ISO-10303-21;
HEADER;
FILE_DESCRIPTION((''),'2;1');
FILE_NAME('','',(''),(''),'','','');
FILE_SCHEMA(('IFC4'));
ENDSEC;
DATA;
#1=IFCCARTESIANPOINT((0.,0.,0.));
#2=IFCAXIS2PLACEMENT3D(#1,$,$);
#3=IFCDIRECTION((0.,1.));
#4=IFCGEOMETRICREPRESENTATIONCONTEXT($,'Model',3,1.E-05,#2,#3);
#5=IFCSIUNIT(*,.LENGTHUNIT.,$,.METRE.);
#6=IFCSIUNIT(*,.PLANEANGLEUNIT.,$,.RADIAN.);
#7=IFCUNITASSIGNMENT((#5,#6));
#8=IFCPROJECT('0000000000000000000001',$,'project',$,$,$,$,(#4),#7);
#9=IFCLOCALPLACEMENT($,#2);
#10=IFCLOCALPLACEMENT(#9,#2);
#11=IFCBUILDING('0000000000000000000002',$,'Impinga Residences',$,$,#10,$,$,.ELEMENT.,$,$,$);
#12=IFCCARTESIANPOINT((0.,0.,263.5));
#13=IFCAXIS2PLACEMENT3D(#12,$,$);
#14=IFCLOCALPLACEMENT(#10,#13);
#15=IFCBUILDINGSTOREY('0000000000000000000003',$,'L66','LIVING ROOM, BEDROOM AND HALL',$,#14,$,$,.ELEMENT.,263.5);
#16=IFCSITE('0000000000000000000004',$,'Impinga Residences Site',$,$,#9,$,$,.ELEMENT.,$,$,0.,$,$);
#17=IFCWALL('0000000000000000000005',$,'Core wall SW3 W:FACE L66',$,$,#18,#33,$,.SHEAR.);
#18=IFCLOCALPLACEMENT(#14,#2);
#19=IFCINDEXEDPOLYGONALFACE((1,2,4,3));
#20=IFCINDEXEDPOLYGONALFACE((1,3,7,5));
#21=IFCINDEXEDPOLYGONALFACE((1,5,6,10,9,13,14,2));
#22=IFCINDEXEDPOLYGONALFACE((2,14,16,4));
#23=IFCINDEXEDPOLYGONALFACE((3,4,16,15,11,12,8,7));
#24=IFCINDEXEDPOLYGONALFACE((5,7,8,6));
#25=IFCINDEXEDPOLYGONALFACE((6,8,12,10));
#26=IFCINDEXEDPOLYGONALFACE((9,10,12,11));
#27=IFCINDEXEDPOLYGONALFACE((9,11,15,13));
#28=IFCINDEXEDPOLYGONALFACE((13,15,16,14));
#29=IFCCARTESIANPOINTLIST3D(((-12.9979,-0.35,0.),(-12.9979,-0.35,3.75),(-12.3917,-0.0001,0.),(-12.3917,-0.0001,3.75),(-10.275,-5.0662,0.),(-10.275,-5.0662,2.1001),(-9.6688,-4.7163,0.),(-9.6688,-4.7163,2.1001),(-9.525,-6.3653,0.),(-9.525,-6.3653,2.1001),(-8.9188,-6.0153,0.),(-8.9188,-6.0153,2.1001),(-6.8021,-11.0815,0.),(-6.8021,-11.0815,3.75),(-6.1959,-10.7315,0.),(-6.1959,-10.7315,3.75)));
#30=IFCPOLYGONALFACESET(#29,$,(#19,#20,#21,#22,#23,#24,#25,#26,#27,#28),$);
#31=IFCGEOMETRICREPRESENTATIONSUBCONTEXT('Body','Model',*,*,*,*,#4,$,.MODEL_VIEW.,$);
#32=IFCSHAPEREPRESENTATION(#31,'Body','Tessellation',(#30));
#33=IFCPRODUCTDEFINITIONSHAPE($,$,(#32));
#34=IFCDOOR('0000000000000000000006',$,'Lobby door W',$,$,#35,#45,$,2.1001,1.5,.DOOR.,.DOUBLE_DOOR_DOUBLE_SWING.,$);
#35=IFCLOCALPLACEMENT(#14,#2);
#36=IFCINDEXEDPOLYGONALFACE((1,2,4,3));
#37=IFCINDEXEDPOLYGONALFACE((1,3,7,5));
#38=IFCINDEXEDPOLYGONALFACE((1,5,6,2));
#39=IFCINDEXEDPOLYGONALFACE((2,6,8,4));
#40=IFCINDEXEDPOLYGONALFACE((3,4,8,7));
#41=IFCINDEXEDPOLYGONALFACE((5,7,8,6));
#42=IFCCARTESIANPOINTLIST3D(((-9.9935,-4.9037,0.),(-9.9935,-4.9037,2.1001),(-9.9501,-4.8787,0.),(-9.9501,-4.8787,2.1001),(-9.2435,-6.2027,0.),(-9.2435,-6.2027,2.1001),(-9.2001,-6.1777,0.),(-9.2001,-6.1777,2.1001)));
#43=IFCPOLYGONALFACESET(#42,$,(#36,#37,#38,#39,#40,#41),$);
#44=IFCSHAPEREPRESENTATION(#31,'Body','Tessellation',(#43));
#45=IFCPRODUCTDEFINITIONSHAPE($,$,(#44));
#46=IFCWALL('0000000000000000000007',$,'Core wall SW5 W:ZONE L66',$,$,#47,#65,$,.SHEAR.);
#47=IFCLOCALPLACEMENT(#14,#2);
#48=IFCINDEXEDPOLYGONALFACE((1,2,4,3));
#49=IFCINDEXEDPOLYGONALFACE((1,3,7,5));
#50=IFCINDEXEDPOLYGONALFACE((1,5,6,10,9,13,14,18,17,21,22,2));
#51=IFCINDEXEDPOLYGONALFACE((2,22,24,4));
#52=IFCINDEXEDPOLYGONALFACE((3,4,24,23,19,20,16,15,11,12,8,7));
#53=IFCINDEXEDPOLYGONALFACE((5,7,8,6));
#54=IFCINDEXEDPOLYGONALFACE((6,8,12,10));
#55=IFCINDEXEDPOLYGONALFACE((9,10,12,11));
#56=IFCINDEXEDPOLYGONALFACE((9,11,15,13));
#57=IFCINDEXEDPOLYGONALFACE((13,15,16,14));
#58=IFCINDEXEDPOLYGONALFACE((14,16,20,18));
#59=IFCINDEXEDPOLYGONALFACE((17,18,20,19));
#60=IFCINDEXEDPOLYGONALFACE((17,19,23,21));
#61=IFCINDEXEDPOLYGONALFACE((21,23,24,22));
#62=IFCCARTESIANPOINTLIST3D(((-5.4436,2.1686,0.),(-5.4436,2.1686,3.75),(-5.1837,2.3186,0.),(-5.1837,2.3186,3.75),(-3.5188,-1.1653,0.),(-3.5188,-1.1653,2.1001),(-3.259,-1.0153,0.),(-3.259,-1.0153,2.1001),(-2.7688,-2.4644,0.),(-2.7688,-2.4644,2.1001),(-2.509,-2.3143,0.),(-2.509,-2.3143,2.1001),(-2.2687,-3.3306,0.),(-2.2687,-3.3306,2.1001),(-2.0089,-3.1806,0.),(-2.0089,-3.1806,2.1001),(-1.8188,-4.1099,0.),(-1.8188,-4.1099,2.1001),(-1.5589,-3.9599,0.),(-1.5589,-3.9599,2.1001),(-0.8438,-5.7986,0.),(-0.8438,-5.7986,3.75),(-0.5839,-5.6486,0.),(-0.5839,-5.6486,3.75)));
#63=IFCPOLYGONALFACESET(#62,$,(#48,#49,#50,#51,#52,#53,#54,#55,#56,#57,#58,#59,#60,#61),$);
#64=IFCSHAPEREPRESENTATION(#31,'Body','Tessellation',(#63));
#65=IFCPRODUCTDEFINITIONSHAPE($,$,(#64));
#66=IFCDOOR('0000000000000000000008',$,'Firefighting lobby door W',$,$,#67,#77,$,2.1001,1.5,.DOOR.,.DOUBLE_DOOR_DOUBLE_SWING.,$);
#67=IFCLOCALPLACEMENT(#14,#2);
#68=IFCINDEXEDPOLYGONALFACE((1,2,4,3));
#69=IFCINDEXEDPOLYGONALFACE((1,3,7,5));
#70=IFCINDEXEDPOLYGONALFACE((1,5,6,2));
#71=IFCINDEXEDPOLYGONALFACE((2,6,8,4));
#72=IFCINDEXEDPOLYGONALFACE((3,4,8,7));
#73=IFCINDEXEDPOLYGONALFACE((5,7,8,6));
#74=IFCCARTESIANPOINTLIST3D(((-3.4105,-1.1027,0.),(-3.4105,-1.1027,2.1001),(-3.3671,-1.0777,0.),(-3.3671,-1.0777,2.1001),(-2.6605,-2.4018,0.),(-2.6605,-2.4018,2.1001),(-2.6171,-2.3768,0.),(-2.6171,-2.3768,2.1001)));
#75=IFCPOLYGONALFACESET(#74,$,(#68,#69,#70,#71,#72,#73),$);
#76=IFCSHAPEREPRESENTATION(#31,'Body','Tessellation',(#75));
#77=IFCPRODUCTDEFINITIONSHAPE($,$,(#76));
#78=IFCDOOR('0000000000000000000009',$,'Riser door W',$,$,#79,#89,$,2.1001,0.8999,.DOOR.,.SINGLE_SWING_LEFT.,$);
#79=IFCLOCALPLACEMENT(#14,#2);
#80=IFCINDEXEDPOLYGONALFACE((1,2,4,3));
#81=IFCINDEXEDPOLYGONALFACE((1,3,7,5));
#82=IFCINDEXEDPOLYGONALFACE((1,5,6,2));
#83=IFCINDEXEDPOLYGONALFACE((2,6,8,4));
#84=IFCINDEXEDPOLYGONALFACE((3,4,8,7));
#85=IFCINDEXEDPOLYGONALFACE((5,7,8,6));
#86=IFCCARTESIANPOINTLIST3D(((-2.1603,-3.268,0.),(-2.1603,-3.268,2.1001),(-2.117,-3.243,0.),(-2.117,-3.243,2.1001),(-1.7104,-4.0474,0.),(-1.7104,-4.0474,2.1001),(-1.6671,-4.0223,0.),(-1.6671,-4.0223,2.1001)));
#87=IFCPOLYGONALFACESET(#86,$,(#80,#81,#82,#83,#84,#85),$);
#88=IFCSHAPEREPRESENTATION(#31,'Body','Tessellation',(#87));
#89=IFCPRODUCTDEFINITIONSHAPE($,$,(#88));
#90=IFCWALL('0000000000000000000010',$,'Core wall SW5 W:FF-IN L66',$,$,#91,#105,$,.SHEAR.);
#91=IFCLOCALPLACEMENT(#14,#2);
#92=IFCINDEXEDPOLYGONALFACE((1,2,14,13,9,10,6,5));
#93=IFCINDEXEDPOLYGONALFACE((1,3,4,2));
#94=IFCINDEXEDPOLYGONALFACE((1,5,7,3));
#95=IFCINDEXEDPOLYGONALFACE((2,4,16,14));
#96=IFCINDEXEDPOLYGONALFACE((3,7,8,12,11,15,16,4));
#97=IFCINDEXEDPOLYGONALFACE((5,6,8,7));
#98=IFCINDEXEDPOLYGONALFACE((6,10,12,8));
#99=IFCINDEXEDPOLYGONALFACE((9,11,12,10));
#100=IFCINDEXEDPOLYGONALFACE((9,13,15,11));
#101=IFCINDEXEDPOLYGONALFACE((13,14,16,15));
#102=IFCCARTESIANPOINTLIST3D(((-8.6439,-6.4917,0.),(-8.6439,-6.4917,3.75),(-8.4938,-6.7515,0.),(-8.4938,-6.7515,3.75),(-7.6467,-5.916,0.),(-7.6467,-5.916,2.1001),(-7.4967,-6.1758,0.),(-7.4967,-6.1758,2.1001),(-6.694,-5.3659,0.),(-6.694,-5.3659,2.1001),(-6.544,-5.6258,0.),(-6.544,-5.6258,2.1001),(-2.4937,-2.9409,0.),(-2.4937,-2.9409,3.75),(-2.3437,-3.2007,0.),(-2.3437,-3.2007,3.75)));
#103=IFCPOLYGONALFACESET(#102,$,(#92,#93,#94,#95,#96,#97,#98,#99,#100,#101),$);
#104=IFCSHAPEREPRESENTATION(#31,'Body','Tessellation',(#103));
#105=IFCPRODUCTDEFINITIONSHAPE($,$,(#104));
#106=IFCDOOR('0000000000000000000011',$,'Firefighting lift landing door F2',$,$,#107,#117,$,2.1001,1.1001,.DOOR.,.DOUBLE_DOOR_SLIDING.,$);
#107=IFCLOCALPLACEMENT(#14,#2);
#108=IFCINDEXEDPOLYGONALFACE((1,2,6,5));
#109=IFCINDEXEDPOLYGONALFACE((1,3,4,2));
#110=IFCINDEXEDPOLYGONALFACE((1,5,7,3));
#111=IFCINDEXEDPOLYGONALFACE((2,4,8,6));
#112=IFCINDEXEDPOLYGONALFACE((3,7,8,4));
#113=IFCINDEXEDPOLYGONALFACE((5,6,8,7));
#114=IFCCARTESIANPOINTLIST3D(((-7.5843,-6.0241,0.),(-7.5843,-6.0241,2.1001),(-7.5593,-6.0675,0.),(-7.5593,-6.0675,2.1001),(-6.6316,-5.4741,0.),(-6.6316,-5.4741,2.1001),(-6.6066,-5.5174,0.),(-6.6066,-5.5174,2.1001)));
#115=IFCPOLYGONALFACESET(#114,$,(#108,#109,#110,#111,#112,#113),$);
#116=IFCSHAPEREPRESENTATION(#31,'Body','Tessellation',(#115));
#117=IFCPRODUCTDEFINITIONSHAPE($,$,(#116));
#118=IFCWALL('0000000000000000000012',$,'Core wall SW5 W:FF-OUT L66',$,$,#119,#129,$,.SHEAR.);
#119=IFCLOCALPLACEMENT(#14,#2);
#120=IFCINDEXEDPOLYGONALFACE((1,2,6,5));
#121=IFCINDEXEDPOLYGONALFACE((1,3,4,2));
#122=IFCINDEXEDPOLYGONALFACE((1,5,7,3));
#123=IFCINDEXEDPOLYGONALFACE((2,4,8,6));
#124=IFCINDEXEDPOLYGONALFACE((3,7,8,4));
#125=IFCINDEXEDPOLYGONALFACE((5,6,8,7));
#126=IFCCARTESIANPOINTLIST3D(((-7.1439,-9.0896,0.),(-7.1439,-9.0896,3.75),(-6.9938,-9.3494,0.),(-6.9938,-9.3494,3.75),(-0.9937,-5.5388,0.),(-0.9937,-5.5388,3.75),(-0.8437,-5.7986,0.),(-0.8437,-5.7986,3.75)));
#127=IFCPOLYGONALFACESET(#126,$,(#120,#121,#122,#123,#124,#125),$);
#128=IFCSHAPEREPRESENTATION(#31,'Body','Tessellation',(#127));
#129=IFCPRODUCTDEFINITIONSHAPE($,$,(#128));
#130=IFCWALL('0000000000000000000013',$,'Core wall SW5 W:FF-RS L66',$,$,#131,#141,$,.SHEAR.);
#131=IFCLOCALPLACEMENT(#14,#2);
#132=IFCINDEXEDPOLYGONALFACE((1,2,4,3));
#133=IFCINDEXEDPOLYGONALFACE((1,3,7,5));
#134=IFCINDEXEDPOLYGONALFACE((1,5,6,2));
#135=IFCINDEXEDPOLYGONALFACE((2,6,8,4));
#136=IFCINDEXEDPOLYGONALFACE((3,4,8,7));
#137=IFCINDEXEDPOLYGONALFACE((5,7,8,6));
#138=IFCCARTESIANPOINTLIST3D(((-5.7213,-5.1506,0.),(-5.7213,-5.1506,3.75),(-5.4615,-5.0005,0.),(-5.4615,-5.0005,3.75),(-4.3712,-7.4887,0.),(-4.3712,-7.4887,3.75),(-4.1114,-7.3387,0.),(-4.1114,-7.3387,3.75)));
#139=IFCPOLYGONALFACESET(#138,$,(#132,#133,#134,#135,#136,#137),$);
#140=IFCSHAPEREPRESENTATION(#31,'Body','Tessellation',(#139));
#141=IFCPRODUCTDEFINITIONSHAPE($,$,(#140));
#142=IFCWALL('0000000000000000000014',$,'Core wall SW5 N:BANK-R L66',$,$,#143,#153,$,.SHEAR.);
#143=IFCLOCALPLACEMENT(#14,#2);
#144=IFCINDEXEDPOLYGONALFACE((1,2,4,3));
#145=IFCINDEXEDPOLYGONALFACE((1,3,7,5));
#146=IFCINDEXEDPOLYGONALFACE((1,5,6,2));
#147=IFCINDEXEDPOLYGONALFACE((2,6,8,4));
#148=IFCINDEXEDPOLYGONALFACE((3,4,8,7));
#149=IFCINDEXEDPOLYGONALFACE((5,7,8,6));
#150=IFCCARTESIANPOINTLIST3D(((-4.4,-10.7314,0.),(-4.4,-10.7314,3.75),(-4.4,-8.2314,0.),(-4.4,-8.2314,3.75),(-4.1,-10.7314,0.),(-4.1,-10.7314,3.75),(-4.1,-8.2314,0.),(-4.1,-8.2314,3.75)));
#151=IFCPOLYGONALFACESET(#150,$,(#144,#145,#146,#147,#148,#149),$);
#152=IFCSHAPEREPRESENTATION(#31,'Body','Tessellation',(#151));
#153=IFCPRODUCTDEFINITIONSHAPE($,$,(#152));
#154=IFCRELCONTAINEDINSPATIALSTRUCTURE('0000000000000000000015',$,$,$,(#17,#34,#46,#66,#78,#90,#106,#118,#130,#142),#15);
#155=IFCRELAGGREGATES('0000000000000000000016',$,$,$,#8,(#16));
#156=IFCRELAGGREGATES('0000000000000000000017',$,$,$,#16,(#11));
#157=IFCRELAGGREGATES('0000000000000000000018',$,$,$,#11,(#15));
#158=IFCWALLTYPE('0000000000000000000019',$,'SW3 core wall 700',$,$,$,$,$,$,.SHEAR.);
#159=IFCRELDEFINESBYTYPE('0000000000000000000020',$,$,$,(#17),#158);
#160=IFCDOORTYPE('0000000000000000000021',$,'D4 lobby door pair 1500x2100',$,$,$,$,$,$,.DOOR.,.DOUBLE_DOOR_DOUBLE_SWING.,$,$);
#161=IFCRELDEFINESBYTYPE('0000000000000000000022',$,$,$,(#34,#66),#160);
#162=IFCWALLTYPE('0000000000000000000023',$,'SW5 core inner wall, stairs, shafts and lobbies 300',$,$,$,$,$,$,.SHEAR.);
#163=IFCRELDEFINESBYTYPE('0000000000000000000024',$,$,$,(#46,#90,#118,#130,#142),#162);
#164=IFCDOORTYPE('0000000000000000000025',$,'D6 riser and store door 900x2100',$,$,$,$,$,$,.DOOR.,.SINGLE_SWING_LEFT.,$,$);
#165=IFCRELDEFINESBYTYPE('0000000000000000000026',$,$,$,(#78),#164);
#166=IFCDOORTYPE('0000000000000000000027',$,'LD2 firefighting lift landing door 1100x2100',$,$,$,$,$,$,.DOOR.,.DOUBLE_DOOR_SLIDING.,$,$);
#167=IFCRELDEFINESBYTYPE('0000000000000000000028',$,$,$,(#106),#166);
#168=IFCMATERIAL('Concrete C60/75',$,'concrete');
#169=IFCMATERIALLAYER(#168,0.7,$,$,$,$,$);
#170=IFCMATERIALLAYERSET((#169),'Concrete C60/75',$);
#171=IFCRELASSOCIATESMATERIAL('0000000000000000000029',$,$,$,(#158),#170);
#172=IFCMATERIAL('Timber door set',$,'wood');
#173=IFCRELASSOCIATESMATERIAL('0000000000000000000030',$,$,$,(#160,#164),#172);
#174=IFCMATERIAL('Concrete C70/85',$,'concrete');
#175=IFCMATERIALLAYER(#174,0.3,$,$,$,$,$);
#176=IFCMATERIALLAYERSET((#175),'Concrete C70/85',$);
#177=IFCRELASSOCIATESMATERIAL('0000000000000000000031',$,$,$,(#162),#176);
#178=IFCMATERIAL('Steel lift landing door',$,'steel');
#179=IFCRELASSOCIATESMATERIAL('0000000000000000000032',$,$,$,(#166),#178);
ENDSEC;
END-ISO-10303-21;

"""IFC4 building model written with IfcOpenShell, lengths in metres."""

from ifc_helpers import new_model, si_unit, direction, frame, frame_2d, origin, place, context, subcontext, project, spatial, rectangle, extrude, material, layer, layer_set, type_object, element, fill, save


model = new_model("IFC4")

# Units and contexts
model_context = context("Model", 3, precision=1e-05, world=origin(), true_north=direction((0.0, 1.0)))
body_context = subcontext(model_context, "Body", "Model", "MODEL_VIEW")
ifc_project = project(units=[si_unit("LENGTHUNIT", "METRE"), si_unit("PLANEANGLEUNIT", "RADIAN")], contexts=[model_context])

# Site, building, storey
site_placement = place(None, origin())
site = spatial("IfcSite", under=ifc_project, at=site_placement, Name="Impinga Residences Site", CompositionType="ELEMENT", RefElevation=0.0)
building_placement = place(site_placement, origin())
building = spatial("IfcBuilding", under=site, at=building_placement, Name="Impinga Residences", CompositionType="ELEMENT")
storey_placement = place(building_placement, frame((0.0, 0.0, 263.5)))
storey = spatial("IfcBuildingStorey", under=building, at=storey_placement, Name="L66", Description="LIVING ROOM, BEDROOM AND HALL", CompositionType="ELEMENT", Elevation=263.5)

# Shared definitions
ifc_material_1 = material(Name="Concrete C60/75", Category="concrete")
ifc_material_2 = material(Name="Timber door set", Category="wood")

# Wall, opening, door
ifc_layer_1 = layer(ifc_material_1, 0.7)
ifc_layer_set_1 = layer_set([ifc_layer_1], Name="Concrete C60/75")
wall_type_1 = type_object("IfcWallType", Name="SW3 core wall 700", PredefinedType="SHEAR", material=ifc_layer_set_1)
wall_1_placement = place(storey_placement, frame((-6.499, -10.9065, 0.0), z_axis=(0.0, 0.0, 1.0), x_axis=(-0.5, 0.866025, 0.0)))
wall_1 = element("IfcWall", 1, at=wall_1_placement, inside=storey, type_object=wall_type_1, Name="Core wall SW3 W:FACE L66", PredefinedType="SHEAR", context=body_context, shape_type="SweptSolid", body=[
    extrude(rectangle(XDim=12.3916, YDim=0.7, at=frame_2d((6.1958, 0.0))), origin(), (0.0, 0.0, 1.0), 3.75),
])
opening_1_placement = place(wall_1_placement, frame((5.4458, 0.0, 0.0)))
opening_1 = element("IfcOpeningElement", 2, at=opening_1_placement, cuts=wall_1, PredefinedType="OPENING", context=body_context, shape_type="SweptSolid", body=[
    extrude(rectangle(XDim=1.5, YDim=2.1001, at=frame_2d((0.75, 1.05))), frame((0.0, 0.3599, 0.0), z_axis=(0.0, -1.0, 0.0), x_axis=(1.0, 0.0, 0.0)), (0.0, 0.0, 1.0), 0.72),
])
door_type_1 = type_object("IfcDoorType", Name="D4 lobby door pair 1500x2100", OperationType="DOUBLE_DOOR_DOUBLE_SWING", PredefinedType="DOOR", material=ifc_material_2)
door_1_placement = place(opening_1_placement, origin())
door_1 = element("IfcDoor", 3, at=door_1_placement, inside=storey, type_object=door_type_1, Name="Lobby door W", OperationType="DOUBLE_DOOR_DOUBLE_SWING", OverallHeight=2.1001, OverallWidth=1.5, PredefinedType="DOOR", context=body_context, shape_type="SweptSolid", body=[
    extrude(rectangle(XDim=1.5, YDim=2.1001, at=frame_2d((0.75, 1.05))), frame((0.0, 0.0249, 0.0), z_axis=(0.0, -1.0, 0.0), x_axis=(1.0, 0.0, 0.0)), (0.0, 0.0, 1.0), 0.05),
])
fill(opening_1, door_1)

# Wall, openings, doors
ifc_material_3 = material(Name="Concrete C70/85", Category="concrete")
ifc_layer_2 = layer(ifc_material_3, 0.3)
ifc_layer_set_2 = layer_set([ifc_layer_2], Name="Concrete C70/85")
wall_type_2 = type_object("IfcWallType", Name="SW5 core inner wall, stairs, shafts and lobbies 300", PredefinedType="SHEAR", material=ifc_layer_set_2)
wall_2_placement = place(storey_placement, frame((-0.7139, -5.7236, 0.0), z_axis=(0.0, 0.0, 1.0), x_axis=(-0.499995, 0.866028, 0.0)))
wall_2 = element("IfcWall", 4, at=wall_2_placement, inside=storey, type_object=wall_type_2, Name="Core wall SW5 W:ZONE L66", PredefinedType="SHEAR", context=body_context, shape_type="SweptSolid", body=[
    extrude(rectangle(XDim=9.1997, YDim=0.3, at=frame_2d((4.5999, 0.0))), origin(), (0.0, 0.0, 1.0), 3.75),
])
opening_2_placement = place(wall_2_placement, frame((3.8501, 0.0, 0.0)))
opening_2 = element("IfcOpeningElement", 5, at=opening_2_placement, cuts=wall_2, PredefinedType="OPENING", context=body_context, shape_type="SweptSolid", body=[
    extrude(rectangle(XDim=1.5, YDim=2.1001, at=frame_2d((0.75, 1.05))), frame((0.0, 0.1599, 0.0), z_axis=(0.0, -1.0, 0.0), x_axis=(1.0, 0.0, 0.0)), (0.0, 0.0, 1.0), 0.3201),
])
opening_3_placement = place(wall_2_placement, frame((1.95, 0.0, 0.0)))
opening_3 = element("IfcOpeningElement", 6, at=opening_3_placement, cuts=wall_2, PredefinedType="OPENING", context=body_context, shape_type="SweptSolid", body=[
    extrude(rectangle(XDim=0.8999, YDim=2.1001, at=frame_2d((0.45, 1.05))), frame((0.0, 0.1599, 0.0), z_axis=(0.0, -1.0, 0.0), x_axis=(1.0, 0.0, 0.0)), (0.0, 0.0, 1.0), 0.3201),
])
door_2_placement = place(opening_2_placement, origin())
door_2 = element("IfcDoor", 7, at=door_2_placement, inside=storey, type_object=door_type_1, Name="Firefighting lobby door W", OperationType="DOUBLE_DOOR_DOUBLE_SWING", OverallHeight=2.1001, OverallWidth=1.5, PredefinedType="DOOR", context=body_context, shape_type="SweptSolid", body=[
    extrude(rectangle(XDim=1.5, YDim=2.1001, at=frame_2d((0.75, 1.05))), frame((0.0, 0.0249, 0.0), z_axis=(0.0, -1.0, 0.0), x_axis=(1.0, 0.0, 0.0)), (0.0, 0.0, 1.0), 0.05),
])
fill(opening_2, door_2)
door_type_2 = type_object("IfcDoorType", Name="D6 riser and store door 900x2100", OperationType="SINGLE_SWING_LEFT", PredefinedType="DOOR", material=ifc_material_2)
door_3_placement = place(opening_3_placement, origin())
door_3 = element("IfcDoor", 8, at=door_3_placement, inside=storey, type_object=door_type_2, Name="Riser door W", OperationType="SINGLE_SWING_LEFT", OverallHeight=2.1001, OverallWidth=0.8999, PredefinedType="DOOR", context=body_context, shape_type="SweptSolid", body=[
    extrude(rectangle(XDim=0.8999, YDim=2.1001, at=frame_2d((0.45, 1.05))), frame((0.0, 0.0249, 0.0), z_axis=(0.0, -1.0, 0.0), x_axis=(1.0, 0.0, 0.0)), (0.0, 0.0, 1.0), 0.05),
])
fill(opening_3, door_3)

# Wall, opening, door
wall_3_placement = place(storey_placement, frame((-2.4187, -3.0708, 0.0), z_axis=(0.0, 0.0, 1.0), x_axis=(-0.866026, -0.499999, 0.0)))
wall_3 = element("IfcWall", 9, at=wall_3_placement, inside=storey, type_object=wall_type_2, Name="Core wall SW5 W:FF-IN L66", PredefinedType="SHEAR", context=body_context, shape_type="SweptSolid", body=[
    extrude(rectangle(XDim=7.1016, YDim=0.3, at=frame_2d((3.5508, 0.0))), origin(), (0.0, 0.0, 1.0), 3.75),
])
opening_4_placement = place(wall_3_placement, frame((4.8501, 0.0, 0.0)))
opening_4 = element("IfcOpeningElement", 10, at=opening_4_placement, cuts=wall_3, PredefinedType="OPENING", context=body_context, shape_type="SweptSolid", body=[
    extrude(rectangle(XDim=1.1001, YDim=2.1001, at=frame_2d((0.55, 1.05))), frame((0.0, 0.1599, 0.0), z_axis=(0.0, -1.0, 0.0), x_axis=(1.0, 0.0, 0.0)), (0.0, 0.0, 1.0), 0.3201),
])
ifc_material_4 = material(Name="Steel lift landing door", Category="steel")
door_type_3 = type_object("IfcDoorType", Name="LD2 firefighting lift landing door 1100x2100", OperationType="DOUBLE_DOOR_SLIDING", PredefinedType="DOOR", material=ifc_material_4)
door_4_placement = place(opening_4_placement, origin())
door_4 = element("IfcDoor", 11, at=door_4_placement, inside=storey, type_object=door_type_3, Name="Firefighting lift landing door F2", OperationType="DOUBLE_DOOR_SLIDING", OverallHeight=2.1001, OverallWidth=1.1001, PredefinedType="DOOR", context=body_context, shape_type="SweptSolid", body=[
    extrude(rectangle(XDim=1.1001, YDim=2.1001, at=frame_2d((0.55, 1.05))), frame((0.0, 0.0249, 0.0), z_axis=(0.0, -1.0, 0.0), x_axis=(1.0, 0.0, 0.0)), (0.0, 0.0, 1.0), 0.05),
])
fill(opening_4, door_4)

# Walls
wall_4_placement = place(storey_placement, frame((-0.9187, -5.6687, 0.0), z_axis=(0.0, 0.0, 1.0), x_axis=(-0.866026, -0.499999, 0.0)))
element("IfcWall", 12, at=wall_4_placement, inside=storey, type_object=wall_type_2, Name="Core wall SW5 W:FF-OUT L66", PredefinedType="SHEAR", context=body_context, shape_type="SweptSolid", body=[
    extrude(rectangle(XDim=7.1016, YDim=0.3, at=frame_2d((3.5508, 0.0))), origin(), (0.0, 0.0, 1.0), 3.75),
])
wall_5_placement = place(storey_placement, frame((-4.2412, -7.4138, 0.0), z_axis=(0.0, 0.0, 1.0), x_axis=(-0.500049, 0.865997, 0.0)))
element("IfcWall", 13, at=wall_5_placement, inside=storey, type_object=wall_type_2, Name="Core wall SW5 W:FF-RS L66", PredefinedType="SHEAR", context=body_context, shape_type="SweptSolid", body=[
    extrude(rectangle(XDim=2.7, YDim=0.3, at=frame_2d((1.3501, 0.0))), origin(), (0.0, 0.0, 1.0), 3.75),
])
wall_6_placement = place(storey_placement, frame((-4.25, -8.2314, 0.0), z_axis=(0.0, 0.0, 1.0), x_axis=(0.0, -1.0, 0.0)))
element("IfcWall", 14, at=wall_6_placement, inside=storey, type_object=wall_type_2, Name="Core wall SW5 N:BANK-R L66", PredefinedType="SHEAR", context=body_context, shape_type="SweptSolid", body=[
    extrude(rectangle(XDim=2.5, YDim=0.3, at=frame_2d((1.25, 0.0))), origin(), (0.0, 0.0, 1.0), 3.75),
])

save(model, "model.ifc")
